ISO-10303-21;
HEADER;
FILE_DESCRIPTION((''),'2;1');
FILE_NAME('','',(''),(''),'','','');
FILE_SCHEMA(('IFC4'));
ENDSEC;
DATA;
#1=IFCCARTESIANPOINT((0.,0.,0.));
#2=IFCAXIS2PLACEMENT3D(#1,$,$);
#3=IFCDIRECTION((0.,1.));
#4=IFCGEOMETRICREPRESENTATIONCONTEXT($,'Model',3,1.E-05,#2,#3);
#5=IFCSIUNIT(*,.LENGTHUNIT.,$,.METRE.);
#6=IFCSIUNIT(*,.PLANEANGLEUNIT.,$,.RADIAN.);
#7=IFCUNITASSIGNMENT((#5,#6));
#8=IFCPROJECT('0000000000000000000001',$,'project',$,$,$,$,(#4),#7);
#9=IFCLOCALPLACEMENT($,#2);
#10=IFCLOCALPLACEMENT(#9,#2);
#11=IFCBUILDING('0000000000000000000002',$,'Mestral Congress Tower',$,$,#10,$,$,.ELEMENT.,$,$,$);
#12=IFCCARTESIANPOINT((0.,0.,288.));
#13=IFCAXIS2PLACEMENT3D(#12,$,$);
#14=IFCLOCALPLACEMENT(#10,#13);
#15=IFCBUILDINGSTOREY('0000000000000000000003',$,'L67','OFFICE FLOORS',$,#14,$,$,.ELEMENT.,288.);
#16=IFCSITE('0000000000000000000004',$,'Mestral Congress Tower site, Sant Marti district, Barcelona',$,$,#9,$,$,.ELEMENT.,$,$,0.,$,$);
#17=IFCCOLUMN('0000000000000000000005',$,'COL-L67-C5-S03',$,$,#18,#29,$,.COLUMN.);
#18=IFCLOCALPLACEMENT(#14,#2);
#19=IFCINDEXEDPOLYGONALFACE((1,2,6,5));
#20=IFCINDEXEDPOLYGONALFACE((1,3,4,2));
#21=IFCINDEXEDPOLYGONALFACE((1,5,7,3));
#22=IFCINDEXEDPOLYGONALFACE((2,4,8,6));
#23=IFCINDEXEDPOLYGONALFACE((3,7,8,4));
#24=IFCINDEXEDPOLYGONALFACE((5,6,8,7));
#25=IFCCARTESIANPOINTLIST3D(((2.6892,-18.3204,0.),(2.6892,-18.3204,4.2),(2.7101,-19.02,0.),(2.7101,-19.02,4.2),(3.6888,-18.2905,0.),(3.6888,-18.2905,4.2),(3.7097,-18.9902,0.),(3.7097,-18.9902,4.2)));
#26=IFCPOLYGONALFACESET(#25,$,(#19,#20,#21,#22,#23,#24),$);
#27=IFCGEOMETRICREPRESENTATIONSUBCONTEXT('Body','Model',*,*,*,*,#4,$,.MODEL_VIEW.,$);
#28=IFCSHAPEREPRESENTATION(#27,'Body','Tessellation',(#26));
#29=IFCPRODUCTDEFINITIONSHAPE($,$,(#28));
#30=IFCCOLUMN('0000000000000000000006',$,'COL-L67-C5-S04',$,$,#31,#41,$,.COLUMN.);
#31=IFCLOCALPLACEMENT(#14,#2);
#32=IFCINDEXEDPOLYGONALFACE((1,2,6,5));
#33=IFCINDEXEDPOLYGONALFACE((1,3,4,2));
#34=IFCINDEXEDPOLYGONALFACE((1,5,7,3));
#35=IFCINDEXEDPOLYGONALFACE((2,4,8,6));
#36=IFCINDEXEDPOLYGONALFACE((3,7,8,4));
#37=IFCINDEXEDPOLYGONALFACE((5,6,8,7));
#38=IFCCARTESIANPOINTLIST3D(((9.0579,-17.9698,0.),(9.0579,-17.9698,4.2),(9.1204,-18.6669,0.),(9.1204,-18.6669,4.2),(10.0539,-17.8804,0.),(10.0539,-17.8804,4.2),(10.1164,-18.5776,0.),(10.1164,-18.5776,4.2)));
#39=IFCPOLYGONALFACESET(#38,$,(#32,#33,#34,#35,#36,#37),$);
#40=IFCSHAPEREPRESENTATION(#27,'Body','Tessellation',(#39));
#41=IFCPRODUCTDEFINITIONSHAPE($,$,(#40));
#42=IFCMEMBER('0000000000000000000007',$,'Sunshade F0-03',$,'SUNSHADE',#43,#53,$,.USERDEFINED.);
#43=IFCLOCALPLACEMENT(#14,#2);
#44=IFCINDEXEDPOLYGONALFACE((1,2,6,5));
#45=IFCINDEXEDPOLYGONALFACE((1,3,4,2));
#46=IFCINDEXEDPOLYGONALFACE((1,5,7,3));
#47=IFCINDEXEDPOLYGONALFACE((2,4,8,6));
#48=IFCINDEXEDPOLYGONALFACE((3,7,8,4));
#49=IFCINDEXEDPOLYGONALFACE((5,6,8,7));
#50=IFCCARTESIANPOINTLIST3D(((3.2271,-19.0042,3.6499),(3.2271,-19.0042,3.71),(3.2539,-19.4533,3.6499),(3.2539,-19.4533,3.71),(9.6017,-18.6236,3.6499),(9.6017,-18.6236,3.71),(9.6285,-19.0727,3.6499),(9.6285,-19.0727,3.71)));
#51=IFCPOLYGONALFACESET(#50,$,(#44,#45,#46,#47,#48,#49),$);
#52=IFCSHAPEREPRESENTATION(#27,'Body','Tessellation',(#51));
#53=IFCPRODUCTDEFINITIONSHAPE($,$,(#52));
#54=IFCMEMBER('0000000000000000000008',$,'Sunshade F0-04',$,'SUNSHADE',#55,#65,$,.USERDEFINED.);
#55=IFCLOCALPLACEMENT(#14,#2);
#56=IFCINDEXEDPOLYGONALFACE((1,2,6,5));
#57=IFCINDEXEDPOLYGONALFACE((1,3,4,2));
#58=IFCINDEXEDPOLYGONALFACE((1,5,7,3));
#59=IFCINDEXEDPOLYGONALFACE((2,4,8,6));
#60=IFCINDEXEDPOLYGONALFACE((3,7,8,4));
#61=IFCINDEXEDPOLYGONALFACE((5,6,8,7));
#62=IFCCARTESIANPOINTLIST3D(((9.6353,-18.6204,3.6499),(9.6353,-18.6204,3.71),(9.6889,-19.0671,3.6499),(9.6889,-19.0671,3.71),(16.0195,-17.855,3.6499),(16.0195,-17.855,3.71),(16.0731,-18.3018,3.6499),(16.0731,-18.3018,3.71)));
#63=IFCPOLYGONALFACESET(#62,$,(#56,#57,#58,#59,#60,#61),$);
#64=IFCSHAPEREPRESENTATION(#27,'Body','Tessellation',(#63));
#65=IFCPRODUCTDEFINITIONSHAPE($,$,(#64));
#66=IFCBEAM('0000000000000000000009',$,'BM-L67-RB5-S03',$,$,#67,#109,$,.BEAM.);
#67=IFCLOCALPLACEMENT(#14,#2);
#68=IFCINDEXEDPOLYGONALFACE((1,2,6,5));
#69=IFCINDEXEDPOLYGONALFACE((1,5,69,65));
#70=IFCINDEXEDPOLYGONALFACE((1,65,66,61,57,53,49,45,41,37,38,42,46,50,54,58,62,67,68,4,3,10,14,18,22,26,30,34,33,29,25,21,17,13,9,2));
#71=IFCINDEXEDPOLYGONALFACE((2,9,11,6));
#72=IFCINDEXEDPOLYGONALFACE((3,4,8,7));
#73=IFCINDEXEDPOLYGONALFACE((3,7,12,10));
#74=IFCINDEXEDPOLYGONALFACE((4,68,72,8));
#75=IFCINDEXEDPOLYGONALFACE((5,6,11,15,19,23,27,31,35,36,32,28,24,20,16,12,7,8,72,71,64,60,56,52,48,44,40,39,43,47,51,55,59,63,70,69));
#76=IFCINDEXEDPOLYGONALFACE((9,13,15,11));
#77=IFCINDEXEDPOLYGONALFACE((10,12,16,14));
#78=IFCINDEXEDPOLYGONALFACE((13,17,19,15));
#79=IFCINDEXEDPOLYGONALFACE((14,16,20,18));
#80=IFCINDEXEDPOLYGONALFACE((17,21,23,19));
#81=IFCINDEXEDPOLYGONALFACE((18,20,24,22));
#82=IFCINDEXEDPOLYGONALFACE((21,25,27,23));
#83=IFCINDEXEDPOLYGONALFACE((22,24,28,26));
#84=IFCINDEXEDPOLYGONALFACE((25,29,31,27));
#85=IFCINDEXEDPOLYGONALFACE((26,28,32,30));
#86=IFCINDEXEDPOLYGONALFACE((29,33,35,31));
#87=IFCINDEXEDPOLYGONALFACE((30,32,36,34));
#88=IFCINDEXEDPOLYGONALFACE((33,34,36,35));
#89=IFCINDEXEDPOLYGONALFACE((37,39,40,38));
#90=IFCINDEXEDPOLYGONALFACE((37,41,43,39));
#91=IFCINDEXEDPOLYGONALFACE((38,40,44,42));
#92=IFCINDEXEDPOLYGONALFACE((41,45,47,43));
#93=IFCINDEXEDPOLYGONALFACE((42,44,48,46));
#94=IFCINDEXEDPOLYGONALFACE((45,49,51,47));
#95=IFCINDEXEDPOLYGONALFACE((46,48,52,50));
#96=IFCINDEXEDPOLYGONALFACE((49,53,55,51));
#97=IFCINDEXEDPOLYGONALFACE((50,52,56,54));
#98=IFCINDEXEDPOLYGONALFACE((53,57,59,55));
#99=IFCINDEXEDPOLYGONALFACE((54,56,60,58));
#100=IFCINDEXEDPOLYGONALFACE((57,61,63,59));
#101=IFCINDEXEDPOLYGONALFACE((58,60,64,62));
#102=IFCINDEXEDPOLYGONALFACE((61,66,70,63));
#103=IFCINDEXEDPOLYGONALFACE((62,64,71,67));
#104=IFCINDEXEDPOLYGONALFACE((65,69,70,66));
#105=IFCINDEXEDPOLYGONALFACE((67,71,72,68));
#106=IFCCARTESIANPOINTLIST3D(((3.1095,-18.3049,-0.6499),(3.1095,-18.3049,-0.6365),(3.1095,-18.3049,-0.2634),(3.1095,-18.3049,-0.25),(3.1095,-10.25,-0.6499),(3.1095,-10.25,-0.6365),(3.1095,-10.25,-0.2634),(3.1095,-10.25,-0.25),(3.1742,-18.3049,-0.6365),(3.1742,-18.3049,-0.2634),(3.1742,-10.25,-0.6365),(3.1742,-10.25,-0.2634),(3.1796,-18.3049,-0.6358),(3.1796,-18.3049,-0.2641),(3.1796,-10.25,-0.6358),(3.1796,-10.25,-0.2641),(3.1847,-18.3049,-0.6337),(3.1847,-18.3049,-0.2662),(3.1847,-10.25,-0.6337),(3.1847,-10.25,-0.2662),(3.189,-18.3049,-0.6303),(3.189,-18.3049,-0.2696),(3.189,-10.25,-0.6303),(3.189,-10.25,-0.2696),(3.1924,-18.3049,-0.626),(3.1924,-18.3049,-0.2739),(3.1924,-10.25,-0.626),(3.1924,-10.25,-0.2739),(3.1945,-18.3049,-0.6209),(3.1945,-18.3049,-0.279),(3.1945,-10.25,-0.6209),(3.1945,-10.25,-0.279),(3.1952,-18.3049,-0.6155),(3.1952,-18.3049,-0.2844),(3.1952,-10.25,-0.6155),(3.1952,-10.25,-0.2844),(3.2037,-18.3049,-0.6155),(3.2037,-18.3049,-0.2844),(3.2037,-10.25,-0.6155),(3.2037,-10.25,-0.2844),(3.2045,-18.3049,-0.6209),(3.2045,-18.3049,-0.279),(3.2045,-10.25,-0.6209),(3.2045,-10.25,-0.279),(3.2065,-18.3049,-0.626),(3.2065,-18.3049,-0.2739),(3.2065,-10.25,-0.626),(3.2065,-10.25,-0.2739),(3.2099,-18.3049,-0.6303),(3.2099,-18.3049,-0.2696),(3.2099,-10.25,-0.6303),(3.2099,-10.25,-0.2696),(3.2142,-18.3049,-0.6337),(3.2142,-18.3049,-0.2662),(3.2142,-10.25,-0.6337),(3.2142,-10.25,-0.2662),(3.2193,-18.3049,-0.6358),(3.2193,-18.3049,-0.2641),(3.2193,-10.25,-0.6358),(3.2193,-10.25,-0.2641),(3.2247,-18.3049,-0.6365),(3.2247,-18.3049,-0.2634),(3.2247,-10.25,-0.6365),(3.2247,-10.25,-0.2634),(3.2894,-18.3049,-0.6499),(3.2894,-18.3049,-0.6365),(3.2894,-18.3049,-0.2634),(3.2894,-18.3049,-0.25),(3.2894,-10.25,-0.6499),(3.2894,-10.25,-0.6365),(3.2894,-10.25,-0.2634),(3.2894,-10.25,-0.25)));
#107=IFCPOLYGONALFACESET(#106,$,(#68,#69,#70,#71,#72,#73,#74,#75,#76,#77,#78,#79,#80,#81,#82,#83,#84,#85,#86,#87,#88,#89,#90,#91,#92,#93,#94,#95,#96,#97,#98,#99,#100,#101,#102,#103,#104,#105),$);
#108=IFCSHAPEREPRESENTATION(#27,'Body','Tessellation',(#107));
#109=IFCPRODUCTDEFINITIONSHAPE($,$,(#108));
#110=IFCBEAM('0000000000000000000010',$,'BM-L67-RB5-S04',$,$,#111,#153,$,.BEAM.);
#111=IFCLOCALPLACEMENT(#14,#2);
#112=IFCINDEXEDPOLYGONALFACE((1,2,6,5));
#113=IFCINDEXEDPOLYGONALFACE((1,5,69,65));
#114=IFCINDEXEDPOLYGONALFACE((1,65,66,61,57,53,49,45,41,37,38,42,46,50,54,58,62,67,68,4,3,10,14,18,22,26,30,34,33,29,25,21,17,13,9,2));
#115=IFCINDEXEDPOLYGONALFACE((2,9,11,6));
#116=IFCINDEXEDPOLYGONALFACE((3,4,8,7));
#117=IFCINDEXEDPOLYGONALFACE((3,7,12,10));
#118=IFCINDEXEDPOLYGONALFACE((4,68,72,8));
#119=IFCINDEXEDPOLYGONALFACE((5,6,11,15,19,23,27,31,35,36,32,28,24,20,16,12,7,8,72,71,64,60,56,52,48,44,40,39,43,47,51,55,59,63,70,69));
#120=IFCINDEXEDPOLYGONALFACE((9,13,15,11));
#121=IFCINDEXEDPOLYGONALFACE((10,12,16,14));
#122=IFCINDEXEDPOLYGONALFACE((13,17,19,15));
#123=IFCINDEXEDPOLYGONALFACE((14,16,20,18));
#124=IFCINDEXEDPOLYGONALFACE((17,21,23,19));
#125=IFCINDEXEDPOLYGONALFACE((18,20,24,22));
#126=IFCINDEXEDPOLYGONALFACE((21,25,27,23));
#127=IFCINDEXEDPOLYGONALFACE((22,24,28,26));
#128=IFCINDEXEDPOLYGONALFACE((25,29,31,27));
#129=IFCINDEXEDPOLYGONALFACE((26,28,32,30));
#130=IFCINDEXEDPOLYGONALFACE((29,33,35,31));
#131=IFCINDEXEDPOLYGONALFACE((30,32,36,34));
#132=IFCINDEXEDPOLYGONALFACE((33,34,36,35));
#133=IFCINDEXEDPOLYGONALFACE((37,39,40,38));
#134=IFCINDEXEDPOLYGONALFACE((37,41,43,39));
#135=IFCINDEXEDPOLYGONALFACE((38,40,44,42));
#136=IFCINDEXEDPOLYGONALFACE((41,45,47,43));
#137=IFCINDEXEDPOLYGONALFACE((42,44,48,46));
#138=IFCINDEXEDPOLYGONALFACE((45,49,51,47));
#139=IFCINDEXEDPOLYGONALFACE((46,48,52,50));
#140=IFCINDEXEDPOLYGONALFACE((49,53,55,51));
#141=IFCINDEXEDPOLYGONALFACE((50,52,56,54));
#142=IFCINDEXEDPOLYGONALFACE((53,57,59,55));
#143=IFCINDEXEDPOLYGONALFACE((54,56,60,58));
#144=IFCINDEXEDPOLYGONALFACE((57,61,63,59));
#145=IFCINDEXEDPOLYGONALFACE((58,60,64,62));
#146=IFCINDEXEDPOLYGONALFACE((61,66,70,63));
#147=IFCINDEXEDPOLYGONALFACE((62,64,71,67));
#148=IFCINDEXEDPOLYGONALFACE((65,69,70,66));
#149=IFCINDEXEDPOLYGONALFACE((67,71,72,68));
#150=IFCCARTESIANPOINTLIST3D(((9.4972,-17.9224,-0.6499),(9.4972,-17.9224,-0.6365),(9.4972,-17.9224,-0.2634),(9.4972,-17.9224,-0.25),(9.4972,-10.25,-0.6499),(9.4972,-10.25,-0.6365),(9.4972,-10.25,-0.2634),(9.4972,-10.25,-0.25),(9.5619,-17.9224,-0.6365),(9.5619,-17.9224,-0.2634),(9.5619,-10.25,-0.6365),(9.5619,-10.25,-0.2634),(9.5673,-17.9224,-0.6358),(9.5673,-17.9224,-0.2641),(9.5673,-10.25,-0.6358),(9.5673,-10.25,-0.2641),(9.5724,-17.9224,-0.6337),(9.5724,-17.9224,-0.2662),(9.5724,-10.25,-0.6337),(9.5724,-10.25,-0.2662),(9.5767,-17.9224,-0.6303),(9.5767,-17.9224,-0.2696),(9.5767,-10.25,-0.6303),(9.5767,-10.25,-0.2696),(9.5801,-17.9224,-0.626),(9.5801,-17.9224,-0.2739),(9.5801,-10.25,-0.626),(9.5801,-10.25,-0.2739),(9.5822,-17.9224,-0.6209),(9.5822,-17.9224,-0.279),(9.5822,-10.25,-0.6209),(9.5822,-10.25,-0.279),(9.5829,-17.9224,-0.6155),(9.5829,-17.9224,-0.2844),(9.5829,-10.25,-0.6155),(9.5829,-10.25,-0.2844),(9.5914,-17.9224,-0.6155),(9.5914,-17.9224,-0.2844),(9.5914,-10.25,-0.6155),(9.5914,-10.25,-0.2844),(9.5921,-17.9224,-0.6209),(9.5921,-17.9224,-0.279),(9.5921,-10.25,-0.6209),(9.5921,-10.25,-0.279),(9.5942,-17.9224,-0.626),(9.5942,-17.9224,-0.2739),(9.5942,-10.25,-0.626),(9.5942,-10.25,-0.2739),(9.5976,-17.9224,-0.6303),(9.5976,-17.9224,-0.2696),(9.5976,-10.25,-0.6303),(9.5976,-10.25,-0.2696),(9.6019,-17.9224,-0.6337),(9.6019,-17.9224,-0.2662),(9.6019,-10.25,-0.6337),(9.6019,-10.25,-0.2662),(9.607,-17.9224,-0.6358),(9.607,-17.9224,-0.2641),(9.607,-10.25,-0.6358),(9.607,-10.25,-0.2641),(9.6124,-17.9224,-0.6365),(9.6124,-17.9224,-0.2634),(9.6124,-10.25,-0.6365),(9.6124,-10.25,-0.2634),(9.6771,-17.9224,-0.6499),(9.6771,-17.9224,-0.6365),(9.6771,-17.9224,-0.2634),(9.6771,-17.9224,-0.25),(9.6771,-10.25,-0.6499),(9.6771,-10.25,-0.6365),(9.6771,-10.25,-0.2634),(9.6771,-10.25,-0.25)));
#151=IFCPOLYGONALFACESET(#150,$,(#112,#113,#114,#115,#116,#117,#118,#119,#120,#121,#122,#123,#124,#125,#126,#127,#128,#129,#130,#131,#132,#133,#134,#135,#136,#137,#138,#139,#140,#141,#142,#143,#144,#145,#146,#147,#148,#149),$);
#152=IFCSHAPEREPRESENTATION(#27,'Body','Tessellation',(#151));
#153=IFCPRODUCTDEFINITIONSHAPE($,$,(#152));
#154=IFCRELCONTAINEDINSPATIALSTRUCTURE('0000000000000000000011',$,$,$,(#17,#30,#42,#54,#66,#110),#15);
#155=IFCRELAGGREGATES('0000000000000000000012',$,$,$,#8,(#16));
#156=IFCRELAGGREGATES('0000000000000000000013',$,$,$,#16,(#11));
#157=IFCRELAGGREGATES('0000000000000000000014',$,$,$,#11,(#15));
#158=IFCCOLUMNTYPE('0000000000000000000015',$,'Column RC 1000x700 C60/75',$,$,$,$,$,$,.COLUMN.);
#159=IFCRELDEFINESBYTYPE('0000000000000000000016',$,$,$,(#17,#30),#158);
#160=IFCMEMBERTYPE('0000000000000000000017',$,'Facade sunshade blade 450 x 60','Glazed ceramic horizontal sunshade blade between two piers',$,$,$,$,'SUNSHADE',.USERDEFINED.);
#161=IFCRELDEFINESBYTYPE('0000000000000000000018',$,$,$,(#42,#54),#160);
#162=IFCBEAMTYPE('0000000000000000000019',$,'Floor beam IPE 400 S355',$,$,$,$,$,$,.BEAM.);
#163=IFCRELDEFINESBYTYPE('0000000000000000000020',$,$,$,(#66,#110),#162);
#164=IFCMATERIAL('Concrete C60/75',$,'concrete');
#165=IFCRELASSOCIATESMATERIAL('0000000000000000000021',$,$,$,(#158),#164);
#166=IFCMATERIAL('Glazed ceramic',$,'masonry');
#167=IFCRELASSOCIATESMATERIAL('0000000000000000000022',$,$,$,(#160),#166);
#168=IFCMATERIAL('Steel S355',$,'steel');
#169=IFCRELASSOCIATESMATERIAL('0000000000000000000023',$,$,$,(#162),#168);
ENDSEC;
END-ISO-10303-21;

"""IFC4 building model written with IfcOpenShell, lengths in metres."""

from ifc_helpers import new_model, si_unit, direction, frame, origin, origin_2d, place, context, subcontext, project, spatial, rectangle, i_section, extrude, material, material_profile, profile_set, type_object, element, save


model = new_model("IFC4")

# Units and contexts
model_context = context("Model", 3, precision=1e-05, world=origin(), true_north=direction((0.0, 1.0)))
body_context = subcontext(model_context, "Body", "Model", "MODEL_VIEW")
ifc_project = project(units=[si_unit("LENGTHUNIT", "METRE"), si_unit("PLANEANGLEUNIT", "RADIAN")], contexts=[model_context])

# Site, building, storey
site_placement = place(None, origin())
site = spatial("IfcSite", under=ifc_project, at=site_placement, Name="Mestral Congress Tower site, Sant Marti district, Barcelona", CompositionType="ELEMENT", RefElevation=0.0)
building_placement = place(site_placement, origin())
building = spatial("IfcBuilding", under=site, at=building_placement, Name="Mestral Congress Tower", CompositionType="ELEMENT")
storey_placement = place(building_placement, frame((0.0, 0.0, 288.0)))
storey = spatial("IfcBuildingStorey", under=building, at=storey_placement, Name="L67", Description="OFFICE FLOORS", CompositionType="ELEMENT", Elevation=288.0)

# Columns
ifc_material_1 = material(Name="Concrete C60/75", Category="concrete")
ifc_material_profile_1 = material_profile(ifc_material_1, rectangle(XDim=1.0, YDim=0.7, at=origin_2d()), Name="RC 1000x700")
ifc_profile_set_1 = profile_set([ifc_material_profile_1], Name="Concrete C60/75")
column_type = type_object("IfcColumnType", Name="Column RC 1000x700 C60/75", PredefinedType="COLUMN", material=ifc_profile_set_1)
for number, where, z_axis, x_axis, name in (
    (1, (3.1995, -18.6553, 0.0), (0.0, 0.0, 1.0), (0.999555, 0.029828, 0.0), "COL-L67-C5-S03"),
    (2, (9.5872, -18.2737, 0.0), (0.0, 0.0, 1.0), (0.995998, 0.089378, 0.0), "COL-L67-C5-S04"),
):
    element("IfcColumn", number, at=place(storey_placement, frame(where, z_axis=z_axis, x_axis=x_axis)), inside=storey, type_object=column_type, Name=name, PredefinedType="COLUMN", context=body_context, shape_type="SweptSolid", body=[
        extrude(rectangle(XDim=1.0, YDim=0.7, at=origin_2d()), origin(), (0.0, 0.0, 1.0), 4.2),
    ])

# Members
ifc_material_2 = material(Name="Glazed ceramic", Category="masonry")
ifc_material_profile_2 = material_profile(ifc_material_2, rectangle(XDim=0.45, YDim=0.0601, at=origin_2d()), Name="Ceramic blade 450 x 60")
ifc_profile_set_2 = profile_set([ifc_material_profile_2], Name="Glazed ceramic")
member_type = type_object("IfcMemberType", Name="Facade sunshade blade 450 x 60", Description="Glazed ceramic horizontal sunshade blade between two piers", ElementType="SUNSHADE", PredefinedType="USERDEFINED", material=ifc_profile_set_2)
member_1_placement = place(storey_placement, frame((3.2405, -19.2288, 3.6799), z_axis=(0.998222, 0.059603, 0.0), x_axis=(-0.059603, 0.998222, 0.0)))
element("IfcMember", 3, at=member_1_placement, inside=storey, type_object=member_type, Name="Sunshade F0-03", ObjectType="SUNSHADE", PredefinedType="USERDEFINED", context=body_context, shape_type="SweptSolid", body=[
    extrude(rectangle(XDim=0.45, YDim=0.0601, at=origin_2d()), origin(), (0.0, 0.0, 1.0), 6.386),
])
member_2_placement = place(storey_placement, frame((9.6621, -18.8438, 3.6799), z_axis=(0.99289, 0.119033, 0.0), x_axis=(-0.119033, 0.99289, 0.0)))
element("IfcMember", 4, at=member_2_placement, inside=storey, type_object=member_type, Name="Sunshade F0-04", ObjectType="SUNSHADE", PredefinedType="USERDEFINED", context=body_context, shape_type="SweptSolid", body=[
    extrude(rectangle(XDim=0.45, YDim=0.0601, at=origin_2d()), origin(), (0.0, 0.0, 1.0), 6.4299),
])

# Beams
ifc_material_3 = material(Name="Steel S355", Category="steel")
ifc_material_profile_3 = material_profile(ifc_material_3, i_section(OverallWidth=0.1799, OverallDepth=0.3999, WebThickness=0.0085, FlangeThickness=0.0134, FilletRadius=0.021, at=origin_2d()), Name="IPE 400")
ifc_profile_set_3 = profile_set([ifc_material_profile_3], Name="Steel S355")
beam_type_1 = type_object("IfcBeamType", Name="Floor beam IPE 400 S355", PredefinedType="BEAM", material=ifc_profile_set_3)
beam_1_placement = place(storey_placement, frame((3.1995, -18.3049, -0.45), z_axis=(0.0, 1.0, 0.0), x_axis=(-1.0, 0.0, 0.0)))
element("IfcBeam", 5, at=beam_1_placement, inside=storey, type_object=beam_type_1, Name="BM-L67-RB5-S03", PredefinedType="BEAM", context=body_context, shape_type="SweptSolid", body=[
    extrude(i_section(OverallWidth=0.1799, OverallDepth=0.3999, WebThickness=0.0085, FlangeThickness=0.0134, FilletRadius=0.021, at=origin_2d()), origin(), (0.0, 0.0, 1.0), 8.0549),
])
beam_2_placement = place(storey_placement, frame((9.5872, -17.9224, -0.45), z_axis=(0.0, 1.0, 0.0), x_axis=(-1.0, 0.0, 0.0)))
element("IfcBeam", 6, at=beam_2_placement, inside=storey, type_object=beam_type_1, Name="BM-L67-RB5-S04", PredefinedType="BEAM", context=body_context, shape_type="SweptSolid", body=[
    extrude(i_section(OverallWidth=0.1799, OverallDepth=0.3999, WebThickness=0.0085, FlangeThickness=0.0134, FilletRadius=0.021, at=origin_2d()), origin(), (0.0, 0.0, 1.0), 7.6724),
])

save(model, "model.ifc")
